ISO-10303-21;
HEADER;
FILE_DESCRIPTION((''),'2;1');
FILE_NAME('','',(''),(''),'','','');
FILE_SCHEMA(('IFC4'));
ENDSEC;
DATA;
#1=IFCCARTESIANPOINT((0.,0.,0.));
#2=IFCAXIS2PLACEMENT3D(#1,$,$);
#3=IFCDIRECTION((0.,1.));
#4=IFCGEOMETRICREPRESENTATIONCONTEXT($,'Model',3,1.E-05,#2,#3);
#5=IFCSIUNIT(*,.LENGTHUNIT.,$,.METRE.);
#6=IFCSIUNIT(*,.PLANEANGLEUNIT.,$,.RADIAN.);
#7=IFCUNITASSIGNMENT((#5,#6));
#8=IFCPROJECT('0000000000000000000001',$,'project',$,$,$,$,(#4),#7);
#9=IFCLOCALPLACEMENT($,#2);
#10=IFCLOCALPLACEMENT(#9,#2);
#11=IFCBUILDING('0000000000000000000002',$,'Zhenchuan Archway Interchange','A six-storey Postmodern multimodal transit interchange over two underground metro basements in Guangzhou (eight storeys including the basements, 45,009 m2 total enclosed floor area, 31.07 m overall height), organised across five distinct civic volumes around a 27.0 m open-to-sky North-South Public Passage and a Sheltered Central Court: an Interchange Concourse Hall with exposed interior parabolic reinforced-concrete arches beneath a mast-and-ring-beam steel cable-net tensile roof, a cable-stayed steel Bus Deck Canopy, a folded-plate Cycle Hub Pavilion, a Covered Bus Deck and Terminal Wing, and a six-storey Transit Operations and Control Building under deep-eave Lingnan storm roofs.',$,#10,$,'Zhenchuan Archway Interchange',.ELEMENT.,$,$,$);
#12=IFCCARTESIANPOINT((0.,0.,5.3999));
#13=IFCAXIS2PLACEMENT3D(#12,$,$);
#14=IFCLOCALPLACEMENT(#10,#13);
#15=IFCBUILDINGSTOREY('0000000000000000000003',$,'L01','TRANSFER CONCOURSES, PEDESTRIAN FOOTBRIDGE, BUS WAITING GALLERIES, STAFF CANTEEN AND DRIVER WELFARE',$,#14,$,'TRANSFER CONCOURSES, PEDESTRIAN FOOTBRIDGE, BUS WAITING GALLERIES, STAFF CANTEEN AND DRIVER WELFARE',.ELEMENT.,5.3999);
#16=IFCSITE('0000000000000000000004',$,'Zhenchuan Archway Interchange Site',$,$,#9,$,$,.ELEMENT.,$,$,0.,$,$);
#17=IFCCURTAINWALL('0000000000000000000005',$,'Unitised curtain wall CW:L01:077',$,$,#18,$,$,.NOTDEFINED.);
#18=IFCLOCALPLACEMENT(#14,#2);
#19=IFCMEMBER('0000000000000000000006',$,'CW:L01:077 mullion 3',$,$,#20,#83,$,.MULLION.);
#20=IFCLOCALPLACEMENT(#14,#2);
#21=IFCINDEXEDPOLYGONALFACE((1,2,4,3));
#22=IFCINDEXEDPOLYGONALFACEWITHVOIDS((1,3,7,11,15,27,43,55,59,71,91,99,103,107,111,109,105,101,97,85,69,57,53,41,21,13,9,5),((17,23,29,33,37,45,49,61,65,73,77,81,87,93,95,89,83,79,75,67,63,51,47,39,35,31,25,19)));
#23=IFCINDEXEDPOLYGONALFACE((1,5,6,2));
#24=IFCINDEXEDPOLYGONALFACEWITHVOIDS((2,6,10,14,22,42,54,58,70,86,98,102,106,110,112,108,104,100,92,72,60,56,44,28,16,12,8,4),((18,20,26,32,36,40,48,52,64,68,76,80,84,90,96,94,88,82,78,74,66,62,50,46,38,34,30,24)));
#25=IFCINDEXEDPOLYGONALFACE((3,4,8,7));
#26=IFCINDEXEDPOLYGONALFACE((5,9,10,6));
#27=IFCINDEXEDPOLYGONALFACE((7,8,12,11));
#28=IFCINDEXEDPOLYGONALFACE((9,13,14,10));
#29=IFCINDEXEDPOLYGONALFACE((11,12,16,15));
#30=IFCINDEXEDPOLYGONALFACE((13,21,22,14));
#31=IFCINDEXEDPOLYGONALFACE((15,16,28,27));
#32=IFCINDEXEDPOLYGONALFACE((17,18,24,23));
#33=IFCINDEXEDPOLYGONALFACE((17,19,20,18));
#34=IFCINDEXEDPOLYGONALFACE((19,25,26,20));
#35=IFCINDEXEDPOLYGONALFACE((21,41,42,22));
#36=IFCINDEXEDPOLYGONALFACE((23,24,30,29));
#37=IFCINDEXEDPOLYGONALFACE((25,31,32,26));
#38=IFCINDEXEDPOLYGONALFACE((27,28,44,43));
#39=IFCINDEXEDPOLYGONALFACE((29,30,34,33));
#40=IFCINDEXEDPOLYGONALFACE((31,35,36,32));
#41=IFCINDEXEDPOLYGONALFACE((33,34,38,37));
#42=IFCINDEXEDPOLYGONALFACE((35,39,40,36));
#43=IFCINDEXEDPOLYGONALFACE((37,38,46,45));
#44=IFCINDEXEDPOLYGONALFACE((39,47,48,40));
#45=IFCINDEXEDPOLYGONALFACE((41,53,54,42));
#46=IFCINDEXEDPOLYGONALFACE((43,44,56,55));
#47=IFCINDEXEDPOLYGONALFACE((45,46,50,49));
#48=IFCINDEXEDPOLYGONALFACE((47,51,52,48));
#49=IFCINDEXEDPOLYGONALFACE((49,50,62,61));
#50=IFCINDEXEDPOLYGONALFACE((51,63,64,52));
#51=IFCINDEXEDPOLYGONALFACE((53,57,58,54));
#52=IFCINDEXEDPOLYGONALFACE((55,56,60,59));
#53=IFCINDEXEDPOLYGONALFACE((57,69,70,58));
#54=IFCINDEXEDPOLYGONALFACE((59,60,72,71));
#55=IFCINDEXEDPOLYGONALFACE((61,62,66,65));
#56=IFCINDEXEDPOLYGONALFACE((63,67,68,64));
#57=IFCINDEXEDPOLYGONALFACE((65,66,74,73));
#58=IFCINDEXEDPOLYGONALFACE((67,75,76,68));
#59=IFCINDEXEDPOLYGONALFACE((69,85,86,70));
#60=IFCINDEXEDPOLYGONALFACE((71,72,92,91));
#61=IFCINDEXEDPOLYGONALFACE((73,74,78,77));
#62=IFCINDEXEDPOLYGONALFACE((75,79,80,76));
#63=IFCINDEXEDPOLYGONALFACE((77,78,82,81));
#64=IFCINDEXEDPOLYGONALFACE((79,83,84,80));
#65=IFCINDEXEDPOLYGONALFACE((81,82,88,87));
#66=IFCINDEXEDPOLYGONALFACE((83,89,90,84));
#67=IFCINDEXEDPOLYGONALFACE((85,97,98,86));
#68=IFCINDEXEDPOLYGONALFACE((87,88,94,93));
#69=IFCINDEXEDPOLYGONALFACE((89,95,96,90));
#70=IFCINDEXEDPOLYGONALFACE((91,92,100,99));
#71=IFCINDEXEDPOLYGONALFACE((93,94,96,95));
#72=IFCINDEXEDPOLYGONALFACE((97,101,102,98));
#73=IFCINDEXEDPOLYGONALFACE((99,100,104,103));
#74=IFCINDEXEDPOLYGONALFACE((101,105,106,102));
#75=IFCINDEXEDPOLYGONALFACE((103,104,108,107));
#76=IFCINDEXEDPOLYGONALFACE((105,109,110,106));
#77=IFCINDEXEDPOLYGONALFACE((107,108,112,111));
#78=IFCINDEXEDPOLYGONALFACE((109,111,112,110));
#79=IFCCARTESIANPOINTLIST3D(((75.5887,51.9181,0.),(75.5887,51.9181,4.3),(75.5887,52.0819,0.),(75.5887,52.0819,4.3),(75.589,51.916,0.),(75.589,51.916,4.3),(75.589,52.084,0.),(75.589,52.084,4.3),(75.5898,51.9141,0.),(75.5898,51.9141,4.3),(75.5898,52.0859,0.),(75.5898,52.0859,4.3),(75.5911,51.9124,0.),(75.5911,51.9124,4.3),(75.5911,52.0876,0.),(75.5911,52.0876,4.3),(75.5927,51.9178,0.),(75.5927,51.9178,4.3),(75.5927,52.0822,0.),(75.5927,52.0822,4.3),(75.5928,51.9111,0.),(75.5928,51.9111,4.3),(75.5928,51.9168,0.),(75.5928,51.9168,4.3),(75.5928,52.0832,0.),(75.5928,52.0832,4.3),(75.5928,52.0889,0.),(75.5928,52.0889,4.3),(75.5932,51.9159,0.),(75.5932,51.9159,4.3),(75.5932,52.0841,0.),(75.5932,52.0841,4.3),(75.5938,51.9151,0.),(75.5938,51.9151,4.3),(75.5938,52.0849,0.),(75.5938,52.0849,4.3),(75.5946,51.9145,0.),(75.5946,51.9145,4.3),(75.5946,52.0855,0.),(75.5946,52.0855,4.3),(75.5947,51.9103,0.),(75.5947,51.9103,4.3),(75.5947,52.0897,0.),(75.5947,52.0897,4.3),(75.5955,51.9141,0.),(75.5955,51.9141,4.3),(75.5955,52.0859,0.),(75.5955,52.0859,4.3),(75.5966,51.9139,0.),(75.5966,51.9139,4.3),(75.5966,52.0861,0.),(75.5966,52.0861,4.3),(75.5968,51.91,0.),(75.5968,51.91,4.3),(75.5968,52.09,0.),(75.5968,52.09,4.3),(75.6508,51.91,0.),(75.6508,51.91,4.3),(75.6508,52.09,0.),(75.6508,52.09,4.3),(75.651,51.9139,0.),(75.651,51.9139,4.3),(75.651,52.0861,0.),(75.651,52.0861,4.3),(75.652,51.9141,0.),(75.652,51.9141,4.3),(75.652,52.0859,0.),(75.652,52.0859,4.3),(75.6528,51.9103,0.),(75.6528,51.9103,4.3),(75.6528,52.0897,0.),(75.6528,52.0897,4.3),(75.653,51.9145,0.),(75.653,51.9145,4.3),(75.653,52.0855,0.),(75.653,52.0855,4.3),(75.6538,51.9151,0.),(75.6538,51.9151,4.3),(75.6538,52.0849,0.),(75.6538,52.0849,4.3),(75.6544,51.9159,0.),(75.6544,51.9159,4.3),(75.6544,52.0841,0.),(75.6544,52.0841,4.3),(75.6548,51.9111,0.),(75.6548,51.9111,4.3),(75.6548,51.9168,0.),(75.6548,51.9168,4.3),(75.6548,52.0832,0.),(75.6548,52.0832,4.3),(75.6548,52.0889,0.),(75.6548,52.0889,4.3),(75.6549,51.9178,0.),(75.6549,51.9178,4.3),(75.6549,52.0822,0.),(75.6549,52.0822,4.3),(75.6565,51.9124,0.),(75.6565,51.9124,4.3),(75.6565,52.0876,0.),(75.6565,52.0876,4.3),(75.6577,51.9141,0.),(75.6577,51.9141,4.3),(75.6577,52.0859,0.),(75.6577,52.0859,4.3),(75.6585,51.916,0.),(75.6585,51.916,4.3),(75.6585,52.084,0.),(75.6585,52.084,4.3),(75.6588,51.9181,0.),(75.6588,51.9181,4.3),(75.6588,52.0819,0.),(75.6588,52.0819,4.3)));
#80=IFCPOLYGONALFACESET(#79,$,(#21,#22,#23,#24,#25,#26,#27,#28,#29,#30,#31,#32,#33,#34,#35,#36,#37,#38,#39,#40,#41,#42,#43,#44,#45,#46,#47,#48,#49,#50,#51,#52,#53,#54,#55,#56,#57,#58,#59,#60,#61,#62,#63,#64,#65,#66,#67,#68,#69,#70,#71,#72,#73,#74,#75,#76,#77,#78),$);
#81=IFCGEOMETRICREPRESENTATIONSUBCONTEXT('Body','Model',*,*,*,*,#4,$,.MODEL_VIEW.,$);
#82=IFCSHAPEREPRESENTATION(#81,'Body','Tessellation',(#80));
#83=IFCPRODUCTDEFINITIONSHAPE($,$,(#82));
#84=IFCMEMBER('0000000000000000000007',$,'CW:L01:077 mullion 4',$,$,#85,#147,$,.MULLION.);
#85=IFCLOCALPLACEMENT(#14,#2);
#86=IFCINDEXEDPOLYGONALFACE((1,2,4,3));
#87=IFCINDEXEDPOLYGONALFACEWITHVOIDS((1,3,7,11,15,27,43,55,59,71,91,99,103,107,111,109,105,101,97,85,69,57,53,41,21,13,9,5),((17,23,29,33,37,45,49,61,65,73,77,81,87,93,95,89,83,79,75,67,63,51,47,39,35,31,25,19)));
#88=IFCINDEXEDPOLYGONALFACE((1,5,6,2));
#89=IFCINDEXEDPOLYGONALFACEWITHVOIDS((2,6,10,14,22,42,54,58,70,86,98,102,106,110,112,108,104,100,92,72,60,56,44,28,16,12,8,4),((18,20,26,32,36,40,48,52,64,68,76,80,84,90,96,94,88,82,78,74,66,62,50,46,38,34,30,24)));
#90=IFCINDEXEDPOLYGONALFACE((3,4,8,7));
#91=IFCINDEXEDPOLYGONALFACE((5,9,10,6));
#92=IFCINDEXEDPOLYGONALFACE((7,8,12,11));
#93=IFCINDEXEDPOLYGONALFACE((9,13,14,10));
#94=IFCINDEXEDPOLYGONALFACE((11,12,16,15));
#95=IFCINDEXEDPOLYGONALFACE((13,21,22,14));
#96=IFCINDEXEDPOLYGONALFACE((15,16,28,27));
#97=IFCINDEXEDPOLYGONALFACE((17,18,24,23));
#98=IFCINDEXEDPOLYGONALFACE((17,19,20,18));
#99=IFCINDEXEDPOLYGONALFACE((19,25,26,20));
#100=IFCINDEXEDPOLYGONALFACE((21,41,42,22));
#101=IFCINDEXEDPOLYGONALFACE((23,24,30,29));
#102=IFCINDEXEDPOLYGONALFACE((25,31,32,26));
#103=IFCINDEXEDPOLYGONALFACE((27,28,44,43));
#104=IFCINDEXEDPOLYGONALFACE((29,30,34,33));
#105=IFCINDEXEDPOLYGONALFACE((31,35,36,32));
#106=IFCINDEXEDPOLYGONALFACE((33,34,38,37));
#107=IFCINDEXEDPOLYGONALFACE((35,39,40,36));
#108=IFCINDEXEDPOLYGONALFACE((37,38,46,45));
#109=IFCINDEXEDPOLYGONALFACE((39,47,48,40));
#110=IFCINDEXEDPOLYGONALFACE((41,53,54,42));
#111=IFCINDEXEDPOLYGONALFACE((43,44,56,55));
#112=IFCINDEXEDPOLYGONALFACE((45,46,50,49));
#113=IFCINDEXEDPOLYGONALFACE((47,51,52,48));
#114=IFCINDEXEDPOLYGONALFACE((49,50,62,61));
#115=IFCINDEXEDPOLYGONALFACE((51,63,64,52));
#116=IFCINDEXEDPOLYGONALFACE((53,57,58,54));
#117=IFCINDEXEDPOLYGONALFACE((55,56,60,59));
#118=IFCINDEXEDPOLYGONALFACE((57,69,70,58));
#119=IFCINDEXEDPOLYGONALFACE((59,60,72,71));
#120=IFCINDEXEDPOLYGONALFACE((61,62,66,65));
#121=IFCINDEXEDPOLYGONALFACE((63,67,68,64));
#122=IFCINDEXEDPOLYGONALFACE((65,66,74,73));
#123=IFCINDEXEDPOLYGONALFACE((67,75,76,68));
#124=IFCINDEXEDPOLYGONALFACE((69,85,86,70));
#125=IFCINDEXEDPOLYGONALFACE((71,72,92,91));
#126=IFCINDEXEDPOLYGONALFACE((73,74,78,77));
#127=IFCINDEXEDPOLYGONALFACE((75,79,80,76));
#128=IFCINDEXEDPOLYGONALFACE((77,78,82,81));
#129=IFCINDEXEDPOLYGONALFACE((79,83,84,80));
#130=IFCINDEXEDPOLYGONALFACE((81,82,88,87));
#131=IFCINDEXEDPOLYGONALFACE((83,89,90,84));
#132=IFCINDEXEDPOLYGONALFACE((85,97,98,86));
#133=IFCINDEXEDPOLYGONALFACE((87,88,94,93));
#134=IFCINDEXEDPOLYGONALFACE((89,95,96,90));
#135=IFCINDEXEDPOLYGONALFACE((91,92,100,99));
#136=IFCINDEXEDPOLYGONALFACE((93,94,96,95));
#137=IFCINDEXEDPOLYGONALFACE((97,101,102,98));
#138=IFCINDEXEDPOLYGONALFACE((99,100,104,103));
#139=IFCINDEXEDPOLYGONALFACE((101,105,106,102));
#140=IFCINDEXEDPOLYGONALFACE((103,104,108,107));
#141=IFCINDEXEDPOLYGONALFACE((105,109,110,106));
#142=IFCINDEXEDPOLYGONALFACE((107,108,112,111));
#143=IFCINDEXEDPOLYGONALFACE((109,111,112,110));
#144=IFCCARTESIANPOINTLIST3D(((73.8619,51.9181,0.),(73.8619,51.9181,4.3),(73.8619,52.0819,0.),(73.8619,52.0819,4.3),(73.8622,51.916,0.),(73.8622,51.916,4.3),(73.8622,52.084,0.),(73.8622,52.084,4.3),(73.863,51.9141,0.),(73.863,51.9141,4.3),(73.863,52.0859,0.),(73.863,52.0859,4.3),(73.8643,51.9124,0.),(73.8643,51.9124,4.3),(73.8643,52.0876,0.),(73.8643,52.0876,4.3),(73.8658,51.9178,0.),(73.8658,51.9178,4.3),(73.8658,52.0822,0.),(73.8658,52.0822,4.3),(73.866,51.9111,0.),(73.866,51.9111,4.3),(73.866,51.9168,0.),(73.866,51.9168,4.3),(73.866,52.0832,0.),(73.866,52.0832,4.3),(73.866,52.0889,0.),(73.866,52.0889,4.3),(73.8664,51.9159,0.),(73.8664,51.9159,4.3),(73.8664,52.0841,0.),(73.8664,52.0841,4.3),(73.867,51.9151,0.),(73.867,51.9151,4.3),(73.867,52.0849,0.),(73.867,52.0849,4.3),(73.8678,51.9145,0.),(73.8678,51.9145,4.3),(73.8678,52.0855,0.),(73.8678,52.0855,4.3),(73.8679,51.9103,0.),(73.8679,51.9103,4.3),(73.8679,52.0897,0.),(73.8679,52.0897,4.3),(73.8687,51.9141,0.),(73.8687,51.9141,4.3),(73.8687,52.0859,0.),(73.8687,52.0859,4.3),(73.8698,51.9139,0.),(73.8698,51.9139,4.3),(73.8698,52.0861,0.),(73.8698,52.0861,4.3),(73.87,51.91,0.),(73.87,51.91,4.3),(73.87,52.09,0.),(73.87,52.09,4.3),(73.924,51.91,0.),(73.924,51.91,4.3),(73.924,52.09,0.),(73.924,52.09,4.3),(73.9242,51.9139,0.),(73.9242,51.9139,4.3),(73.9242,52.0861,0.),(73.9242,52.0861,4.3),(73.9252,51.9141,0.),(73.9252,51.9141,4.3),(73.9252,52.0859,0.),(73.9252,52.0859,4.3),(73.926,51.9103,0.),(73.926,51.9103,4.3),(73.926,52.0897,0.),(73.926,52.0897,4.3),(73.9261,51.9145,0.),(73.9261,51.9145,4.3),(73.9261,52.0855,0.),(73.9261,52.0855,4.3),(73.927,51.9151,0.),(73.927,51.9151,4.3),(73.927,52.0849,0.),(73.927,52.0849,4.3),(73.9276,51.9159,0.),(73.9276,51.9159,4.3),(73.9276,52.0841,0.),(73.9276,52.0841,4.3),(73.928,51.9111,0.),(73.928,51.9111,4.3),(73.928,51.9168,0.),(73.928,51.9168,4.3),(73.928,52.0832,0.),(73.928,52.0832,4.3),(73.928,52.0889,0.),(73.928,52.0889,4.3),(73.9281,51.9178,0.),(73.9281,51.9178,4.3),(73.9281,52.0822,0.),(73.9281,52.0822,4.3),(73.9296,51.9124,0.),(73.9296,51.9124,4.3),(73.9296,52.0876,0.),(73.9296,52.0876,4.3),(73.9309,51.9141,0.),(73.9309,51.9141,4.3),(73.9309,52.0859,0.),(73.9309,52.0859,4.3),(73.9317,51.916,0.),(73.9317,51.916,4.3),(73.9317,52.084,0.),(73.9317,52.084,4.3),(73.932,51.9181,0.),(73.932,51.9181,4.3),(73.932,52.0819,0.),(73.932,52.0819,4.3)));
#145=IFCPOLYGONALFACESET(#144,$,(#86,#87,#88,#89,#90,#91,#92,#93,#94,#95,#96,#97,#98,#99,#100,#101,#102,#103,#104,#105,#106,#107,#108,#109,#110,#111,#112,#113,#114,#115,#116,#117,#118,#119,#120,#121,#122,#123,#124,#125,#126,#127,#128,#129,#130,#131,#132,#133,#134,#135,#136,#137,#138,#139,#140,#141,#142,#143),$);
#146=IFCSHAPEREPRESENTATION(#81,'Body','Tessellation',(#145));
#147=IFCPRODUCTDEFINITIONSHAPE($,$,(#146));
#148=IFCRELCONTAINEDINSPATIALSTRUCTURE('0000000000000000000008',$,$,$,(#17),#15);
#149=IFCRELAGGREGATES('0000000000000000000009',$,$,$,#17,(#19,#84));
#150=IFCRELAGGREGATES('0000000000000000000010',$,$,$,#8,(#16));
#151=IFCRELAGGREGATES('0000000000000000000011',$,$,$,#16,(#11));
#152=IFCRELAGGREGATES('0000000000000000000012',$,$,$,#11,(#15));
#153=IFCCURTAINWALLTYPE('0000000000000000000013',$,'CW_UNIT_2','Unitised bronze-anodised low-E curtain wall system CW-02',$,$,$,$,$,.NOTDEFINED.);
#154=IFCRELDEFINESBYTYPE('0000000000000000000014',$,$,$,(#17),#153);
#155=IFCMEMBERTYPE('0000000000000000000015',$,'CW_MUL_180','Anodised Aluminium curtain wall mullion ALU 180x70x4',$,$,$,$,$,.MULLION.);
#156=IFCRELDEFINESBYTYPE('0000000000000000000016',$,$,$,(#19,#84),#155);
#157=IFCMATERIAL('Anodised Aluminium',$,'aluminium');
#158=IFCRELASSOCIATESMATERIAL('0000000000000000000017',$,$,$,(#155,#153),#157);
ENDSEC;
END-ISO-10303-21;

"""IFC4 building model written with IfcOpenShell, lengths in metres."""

from ifc_helpers import new_model, si_unit, direction, frame, origin, origin_2d, place, context, subcontext, project, spatial, hollow_rectangle, extrude, material, material_profile, profile_set, type_object, element, aggregate, save


model = new_model("IFC4")

# Units and contexts
model_context = context("Model", 3, precision=1e-05, world=origin(), true_north=direction((0.0, 1.0)))
body_context = subcontext(model_context, "Body", "Model", "MODEL_VIEW")
ifc_project = project(units=[si_unit("LENGTHUNIT", "METRE"), si_unit("PLANEANGLEUNIT", "RADIAN")], contexts=[model_context])

# Site, building, storey
site_placement = place(None, origin())
site = spatial("IfcSite", under=ifc_project, at=site_placement, Name="Zhenchuan Archway Interchange Site", CompositionType="ELEMENT", RefElevation=0.0)
building_placement = place(site_placement, origin())
building = spatial("IfcBuilding", under=site, at=building_placement, Name="Zhenchuan Archway Interchange", Description="A six-storey Postmodern multimodal transit interchange over two underground metro basements in Guangzhou (eight storeys including the basements, 45,009 m2 total enclosed floor area, 31.07 m overall height), organised across five distinct civic volumes around a 27.0 m open-to-sky North-South Public Passage and a Sheltered Central Court: an Interchange Concourse Hall with exposed interior parabolic reinforced-concrete arches beneath a mast-and-ring-beam steel cable-net tensile roof, a cable-stayed steel Bus Deck Canopy, a folded-plate Cycle Hub Pavilion, a Covered Bus Deck and Terminal Wing, and a six-storey Transit Operations and Control Building under deep-eave Lingnan storm roofs.", LongName="Zhenchuan Archway Interchange", CompositionType="ELEMENT")
storey_placement = place(building_placement, frame((0.0, 0.0, 5.3999)))
storey = spatial("IfcBuildingStorey", under=building, at=storey_placement, Name="L01", Description="TRANSFER CONCOURSES, PEDESTRIAN FOOTBRIDGE, BUS WAITING GALLERIES, STAFF CANTEEN AND DRIVER WELFARE", LongName="TRANSFER CONCOURSES, PEDESTRIAN FOOTBRIDGE, BUS WAITING GALLERIES, STAFF CANTEEN AND DRIVER WELFARE", CompositionType="ELEMENT", Elevation=5.3999)

# Shared definitions
ifc_material_1 = material(Name="Anodised Aluminium", Category="aluminium")
ifc_material_profile_1 = material_profile(ifc_material_1, hollow_rectangle(XDim=0.0701, YDim=0.1799, WallThickness=0.0039, InnerFilletRadius=0.0039, OuterFilletRadius=0.0081, at=origin_2d()), Name="ALU 180x70x4")
ifc_profile_set_1 = profile_set([ifc_material_profile_1], Name="Anodised Aluminium")
member_type_1 = type_object("IfcMemberType", Name="CW_MUL_180", Description="Anodised Aluminium curtain wall mullion ALU 180x70x4", PredefinedType="MULLION", material=ifc_profile_set_1)

# Curtain wall, members
curtain_wall_type_1 = type_object("IfcCurtainWallType", Name="CW_UNIT_2", Description="Unitised bronze-anodised low-E curtain wall system CW-02", PredefinedType="NOTDEFINED", material=ifc_material_1)
curtain_wall_1_placement = place(storey_placement, origin())
curtain_wall_1 = element("IfcCurtainWall", 1, at=curtain_wall_1_placement, inside=storey, type_object=curtain_wall_type_1, Name="Unitised curtain wall CW:L01:077", PredefinedType="NOTDEFINED")
member_1_placement = place(storey_placement, frame((75.6238, 52.0, 0.0), z_axis=(0.0, 0.0, 1.0), x_axis=(1.0, 0.0, 0.0)))
member_1 = element("IfcMember", 2, at=member_1_placement, type_object=member_type_1, Name="CW:L01:077 mullion 3", PredefinedType="MULLION", context=body_context, shape_type="SweptSolid", body=[
    extrude(hollow_rectangle(XDim=0.0701, YDim=0.1799, WallThickness=0.0039, InnerFilletRadius=0.0039, OuterFilletRadius=0.0081, at=origin_2d()), origin(), (0.0, 0.0, 1.0), 4.3),
])
member_2_placement = place(storey_placement, frame((73.897, 52.0, 0.0), z_axis=(0.0, 0.0, 1.0), x_axis=(1.0, 0.0, 0.0)))
member_2 = element("IfcMember", 3, at=member_2_placement, type_object=member_type_1, Name="CW:L01:077 mullion 4", PredefinedType="MULLION", context=body_context, shape_type="SweptSolid", body=[
    extrude(hollow_rectangle(XDim=0.0701, YDim=0.1799, WallThickness=0.0039, InnerFilletRadius=0.0039, OuterFilletRadius=0.0081, at=origin_2d()), origin(), (0.0, 0.0, 1.0), 4.3),
])
aggregate(curtain_wall_1, [member_1, member_2])

save(model, "model.ifc")
